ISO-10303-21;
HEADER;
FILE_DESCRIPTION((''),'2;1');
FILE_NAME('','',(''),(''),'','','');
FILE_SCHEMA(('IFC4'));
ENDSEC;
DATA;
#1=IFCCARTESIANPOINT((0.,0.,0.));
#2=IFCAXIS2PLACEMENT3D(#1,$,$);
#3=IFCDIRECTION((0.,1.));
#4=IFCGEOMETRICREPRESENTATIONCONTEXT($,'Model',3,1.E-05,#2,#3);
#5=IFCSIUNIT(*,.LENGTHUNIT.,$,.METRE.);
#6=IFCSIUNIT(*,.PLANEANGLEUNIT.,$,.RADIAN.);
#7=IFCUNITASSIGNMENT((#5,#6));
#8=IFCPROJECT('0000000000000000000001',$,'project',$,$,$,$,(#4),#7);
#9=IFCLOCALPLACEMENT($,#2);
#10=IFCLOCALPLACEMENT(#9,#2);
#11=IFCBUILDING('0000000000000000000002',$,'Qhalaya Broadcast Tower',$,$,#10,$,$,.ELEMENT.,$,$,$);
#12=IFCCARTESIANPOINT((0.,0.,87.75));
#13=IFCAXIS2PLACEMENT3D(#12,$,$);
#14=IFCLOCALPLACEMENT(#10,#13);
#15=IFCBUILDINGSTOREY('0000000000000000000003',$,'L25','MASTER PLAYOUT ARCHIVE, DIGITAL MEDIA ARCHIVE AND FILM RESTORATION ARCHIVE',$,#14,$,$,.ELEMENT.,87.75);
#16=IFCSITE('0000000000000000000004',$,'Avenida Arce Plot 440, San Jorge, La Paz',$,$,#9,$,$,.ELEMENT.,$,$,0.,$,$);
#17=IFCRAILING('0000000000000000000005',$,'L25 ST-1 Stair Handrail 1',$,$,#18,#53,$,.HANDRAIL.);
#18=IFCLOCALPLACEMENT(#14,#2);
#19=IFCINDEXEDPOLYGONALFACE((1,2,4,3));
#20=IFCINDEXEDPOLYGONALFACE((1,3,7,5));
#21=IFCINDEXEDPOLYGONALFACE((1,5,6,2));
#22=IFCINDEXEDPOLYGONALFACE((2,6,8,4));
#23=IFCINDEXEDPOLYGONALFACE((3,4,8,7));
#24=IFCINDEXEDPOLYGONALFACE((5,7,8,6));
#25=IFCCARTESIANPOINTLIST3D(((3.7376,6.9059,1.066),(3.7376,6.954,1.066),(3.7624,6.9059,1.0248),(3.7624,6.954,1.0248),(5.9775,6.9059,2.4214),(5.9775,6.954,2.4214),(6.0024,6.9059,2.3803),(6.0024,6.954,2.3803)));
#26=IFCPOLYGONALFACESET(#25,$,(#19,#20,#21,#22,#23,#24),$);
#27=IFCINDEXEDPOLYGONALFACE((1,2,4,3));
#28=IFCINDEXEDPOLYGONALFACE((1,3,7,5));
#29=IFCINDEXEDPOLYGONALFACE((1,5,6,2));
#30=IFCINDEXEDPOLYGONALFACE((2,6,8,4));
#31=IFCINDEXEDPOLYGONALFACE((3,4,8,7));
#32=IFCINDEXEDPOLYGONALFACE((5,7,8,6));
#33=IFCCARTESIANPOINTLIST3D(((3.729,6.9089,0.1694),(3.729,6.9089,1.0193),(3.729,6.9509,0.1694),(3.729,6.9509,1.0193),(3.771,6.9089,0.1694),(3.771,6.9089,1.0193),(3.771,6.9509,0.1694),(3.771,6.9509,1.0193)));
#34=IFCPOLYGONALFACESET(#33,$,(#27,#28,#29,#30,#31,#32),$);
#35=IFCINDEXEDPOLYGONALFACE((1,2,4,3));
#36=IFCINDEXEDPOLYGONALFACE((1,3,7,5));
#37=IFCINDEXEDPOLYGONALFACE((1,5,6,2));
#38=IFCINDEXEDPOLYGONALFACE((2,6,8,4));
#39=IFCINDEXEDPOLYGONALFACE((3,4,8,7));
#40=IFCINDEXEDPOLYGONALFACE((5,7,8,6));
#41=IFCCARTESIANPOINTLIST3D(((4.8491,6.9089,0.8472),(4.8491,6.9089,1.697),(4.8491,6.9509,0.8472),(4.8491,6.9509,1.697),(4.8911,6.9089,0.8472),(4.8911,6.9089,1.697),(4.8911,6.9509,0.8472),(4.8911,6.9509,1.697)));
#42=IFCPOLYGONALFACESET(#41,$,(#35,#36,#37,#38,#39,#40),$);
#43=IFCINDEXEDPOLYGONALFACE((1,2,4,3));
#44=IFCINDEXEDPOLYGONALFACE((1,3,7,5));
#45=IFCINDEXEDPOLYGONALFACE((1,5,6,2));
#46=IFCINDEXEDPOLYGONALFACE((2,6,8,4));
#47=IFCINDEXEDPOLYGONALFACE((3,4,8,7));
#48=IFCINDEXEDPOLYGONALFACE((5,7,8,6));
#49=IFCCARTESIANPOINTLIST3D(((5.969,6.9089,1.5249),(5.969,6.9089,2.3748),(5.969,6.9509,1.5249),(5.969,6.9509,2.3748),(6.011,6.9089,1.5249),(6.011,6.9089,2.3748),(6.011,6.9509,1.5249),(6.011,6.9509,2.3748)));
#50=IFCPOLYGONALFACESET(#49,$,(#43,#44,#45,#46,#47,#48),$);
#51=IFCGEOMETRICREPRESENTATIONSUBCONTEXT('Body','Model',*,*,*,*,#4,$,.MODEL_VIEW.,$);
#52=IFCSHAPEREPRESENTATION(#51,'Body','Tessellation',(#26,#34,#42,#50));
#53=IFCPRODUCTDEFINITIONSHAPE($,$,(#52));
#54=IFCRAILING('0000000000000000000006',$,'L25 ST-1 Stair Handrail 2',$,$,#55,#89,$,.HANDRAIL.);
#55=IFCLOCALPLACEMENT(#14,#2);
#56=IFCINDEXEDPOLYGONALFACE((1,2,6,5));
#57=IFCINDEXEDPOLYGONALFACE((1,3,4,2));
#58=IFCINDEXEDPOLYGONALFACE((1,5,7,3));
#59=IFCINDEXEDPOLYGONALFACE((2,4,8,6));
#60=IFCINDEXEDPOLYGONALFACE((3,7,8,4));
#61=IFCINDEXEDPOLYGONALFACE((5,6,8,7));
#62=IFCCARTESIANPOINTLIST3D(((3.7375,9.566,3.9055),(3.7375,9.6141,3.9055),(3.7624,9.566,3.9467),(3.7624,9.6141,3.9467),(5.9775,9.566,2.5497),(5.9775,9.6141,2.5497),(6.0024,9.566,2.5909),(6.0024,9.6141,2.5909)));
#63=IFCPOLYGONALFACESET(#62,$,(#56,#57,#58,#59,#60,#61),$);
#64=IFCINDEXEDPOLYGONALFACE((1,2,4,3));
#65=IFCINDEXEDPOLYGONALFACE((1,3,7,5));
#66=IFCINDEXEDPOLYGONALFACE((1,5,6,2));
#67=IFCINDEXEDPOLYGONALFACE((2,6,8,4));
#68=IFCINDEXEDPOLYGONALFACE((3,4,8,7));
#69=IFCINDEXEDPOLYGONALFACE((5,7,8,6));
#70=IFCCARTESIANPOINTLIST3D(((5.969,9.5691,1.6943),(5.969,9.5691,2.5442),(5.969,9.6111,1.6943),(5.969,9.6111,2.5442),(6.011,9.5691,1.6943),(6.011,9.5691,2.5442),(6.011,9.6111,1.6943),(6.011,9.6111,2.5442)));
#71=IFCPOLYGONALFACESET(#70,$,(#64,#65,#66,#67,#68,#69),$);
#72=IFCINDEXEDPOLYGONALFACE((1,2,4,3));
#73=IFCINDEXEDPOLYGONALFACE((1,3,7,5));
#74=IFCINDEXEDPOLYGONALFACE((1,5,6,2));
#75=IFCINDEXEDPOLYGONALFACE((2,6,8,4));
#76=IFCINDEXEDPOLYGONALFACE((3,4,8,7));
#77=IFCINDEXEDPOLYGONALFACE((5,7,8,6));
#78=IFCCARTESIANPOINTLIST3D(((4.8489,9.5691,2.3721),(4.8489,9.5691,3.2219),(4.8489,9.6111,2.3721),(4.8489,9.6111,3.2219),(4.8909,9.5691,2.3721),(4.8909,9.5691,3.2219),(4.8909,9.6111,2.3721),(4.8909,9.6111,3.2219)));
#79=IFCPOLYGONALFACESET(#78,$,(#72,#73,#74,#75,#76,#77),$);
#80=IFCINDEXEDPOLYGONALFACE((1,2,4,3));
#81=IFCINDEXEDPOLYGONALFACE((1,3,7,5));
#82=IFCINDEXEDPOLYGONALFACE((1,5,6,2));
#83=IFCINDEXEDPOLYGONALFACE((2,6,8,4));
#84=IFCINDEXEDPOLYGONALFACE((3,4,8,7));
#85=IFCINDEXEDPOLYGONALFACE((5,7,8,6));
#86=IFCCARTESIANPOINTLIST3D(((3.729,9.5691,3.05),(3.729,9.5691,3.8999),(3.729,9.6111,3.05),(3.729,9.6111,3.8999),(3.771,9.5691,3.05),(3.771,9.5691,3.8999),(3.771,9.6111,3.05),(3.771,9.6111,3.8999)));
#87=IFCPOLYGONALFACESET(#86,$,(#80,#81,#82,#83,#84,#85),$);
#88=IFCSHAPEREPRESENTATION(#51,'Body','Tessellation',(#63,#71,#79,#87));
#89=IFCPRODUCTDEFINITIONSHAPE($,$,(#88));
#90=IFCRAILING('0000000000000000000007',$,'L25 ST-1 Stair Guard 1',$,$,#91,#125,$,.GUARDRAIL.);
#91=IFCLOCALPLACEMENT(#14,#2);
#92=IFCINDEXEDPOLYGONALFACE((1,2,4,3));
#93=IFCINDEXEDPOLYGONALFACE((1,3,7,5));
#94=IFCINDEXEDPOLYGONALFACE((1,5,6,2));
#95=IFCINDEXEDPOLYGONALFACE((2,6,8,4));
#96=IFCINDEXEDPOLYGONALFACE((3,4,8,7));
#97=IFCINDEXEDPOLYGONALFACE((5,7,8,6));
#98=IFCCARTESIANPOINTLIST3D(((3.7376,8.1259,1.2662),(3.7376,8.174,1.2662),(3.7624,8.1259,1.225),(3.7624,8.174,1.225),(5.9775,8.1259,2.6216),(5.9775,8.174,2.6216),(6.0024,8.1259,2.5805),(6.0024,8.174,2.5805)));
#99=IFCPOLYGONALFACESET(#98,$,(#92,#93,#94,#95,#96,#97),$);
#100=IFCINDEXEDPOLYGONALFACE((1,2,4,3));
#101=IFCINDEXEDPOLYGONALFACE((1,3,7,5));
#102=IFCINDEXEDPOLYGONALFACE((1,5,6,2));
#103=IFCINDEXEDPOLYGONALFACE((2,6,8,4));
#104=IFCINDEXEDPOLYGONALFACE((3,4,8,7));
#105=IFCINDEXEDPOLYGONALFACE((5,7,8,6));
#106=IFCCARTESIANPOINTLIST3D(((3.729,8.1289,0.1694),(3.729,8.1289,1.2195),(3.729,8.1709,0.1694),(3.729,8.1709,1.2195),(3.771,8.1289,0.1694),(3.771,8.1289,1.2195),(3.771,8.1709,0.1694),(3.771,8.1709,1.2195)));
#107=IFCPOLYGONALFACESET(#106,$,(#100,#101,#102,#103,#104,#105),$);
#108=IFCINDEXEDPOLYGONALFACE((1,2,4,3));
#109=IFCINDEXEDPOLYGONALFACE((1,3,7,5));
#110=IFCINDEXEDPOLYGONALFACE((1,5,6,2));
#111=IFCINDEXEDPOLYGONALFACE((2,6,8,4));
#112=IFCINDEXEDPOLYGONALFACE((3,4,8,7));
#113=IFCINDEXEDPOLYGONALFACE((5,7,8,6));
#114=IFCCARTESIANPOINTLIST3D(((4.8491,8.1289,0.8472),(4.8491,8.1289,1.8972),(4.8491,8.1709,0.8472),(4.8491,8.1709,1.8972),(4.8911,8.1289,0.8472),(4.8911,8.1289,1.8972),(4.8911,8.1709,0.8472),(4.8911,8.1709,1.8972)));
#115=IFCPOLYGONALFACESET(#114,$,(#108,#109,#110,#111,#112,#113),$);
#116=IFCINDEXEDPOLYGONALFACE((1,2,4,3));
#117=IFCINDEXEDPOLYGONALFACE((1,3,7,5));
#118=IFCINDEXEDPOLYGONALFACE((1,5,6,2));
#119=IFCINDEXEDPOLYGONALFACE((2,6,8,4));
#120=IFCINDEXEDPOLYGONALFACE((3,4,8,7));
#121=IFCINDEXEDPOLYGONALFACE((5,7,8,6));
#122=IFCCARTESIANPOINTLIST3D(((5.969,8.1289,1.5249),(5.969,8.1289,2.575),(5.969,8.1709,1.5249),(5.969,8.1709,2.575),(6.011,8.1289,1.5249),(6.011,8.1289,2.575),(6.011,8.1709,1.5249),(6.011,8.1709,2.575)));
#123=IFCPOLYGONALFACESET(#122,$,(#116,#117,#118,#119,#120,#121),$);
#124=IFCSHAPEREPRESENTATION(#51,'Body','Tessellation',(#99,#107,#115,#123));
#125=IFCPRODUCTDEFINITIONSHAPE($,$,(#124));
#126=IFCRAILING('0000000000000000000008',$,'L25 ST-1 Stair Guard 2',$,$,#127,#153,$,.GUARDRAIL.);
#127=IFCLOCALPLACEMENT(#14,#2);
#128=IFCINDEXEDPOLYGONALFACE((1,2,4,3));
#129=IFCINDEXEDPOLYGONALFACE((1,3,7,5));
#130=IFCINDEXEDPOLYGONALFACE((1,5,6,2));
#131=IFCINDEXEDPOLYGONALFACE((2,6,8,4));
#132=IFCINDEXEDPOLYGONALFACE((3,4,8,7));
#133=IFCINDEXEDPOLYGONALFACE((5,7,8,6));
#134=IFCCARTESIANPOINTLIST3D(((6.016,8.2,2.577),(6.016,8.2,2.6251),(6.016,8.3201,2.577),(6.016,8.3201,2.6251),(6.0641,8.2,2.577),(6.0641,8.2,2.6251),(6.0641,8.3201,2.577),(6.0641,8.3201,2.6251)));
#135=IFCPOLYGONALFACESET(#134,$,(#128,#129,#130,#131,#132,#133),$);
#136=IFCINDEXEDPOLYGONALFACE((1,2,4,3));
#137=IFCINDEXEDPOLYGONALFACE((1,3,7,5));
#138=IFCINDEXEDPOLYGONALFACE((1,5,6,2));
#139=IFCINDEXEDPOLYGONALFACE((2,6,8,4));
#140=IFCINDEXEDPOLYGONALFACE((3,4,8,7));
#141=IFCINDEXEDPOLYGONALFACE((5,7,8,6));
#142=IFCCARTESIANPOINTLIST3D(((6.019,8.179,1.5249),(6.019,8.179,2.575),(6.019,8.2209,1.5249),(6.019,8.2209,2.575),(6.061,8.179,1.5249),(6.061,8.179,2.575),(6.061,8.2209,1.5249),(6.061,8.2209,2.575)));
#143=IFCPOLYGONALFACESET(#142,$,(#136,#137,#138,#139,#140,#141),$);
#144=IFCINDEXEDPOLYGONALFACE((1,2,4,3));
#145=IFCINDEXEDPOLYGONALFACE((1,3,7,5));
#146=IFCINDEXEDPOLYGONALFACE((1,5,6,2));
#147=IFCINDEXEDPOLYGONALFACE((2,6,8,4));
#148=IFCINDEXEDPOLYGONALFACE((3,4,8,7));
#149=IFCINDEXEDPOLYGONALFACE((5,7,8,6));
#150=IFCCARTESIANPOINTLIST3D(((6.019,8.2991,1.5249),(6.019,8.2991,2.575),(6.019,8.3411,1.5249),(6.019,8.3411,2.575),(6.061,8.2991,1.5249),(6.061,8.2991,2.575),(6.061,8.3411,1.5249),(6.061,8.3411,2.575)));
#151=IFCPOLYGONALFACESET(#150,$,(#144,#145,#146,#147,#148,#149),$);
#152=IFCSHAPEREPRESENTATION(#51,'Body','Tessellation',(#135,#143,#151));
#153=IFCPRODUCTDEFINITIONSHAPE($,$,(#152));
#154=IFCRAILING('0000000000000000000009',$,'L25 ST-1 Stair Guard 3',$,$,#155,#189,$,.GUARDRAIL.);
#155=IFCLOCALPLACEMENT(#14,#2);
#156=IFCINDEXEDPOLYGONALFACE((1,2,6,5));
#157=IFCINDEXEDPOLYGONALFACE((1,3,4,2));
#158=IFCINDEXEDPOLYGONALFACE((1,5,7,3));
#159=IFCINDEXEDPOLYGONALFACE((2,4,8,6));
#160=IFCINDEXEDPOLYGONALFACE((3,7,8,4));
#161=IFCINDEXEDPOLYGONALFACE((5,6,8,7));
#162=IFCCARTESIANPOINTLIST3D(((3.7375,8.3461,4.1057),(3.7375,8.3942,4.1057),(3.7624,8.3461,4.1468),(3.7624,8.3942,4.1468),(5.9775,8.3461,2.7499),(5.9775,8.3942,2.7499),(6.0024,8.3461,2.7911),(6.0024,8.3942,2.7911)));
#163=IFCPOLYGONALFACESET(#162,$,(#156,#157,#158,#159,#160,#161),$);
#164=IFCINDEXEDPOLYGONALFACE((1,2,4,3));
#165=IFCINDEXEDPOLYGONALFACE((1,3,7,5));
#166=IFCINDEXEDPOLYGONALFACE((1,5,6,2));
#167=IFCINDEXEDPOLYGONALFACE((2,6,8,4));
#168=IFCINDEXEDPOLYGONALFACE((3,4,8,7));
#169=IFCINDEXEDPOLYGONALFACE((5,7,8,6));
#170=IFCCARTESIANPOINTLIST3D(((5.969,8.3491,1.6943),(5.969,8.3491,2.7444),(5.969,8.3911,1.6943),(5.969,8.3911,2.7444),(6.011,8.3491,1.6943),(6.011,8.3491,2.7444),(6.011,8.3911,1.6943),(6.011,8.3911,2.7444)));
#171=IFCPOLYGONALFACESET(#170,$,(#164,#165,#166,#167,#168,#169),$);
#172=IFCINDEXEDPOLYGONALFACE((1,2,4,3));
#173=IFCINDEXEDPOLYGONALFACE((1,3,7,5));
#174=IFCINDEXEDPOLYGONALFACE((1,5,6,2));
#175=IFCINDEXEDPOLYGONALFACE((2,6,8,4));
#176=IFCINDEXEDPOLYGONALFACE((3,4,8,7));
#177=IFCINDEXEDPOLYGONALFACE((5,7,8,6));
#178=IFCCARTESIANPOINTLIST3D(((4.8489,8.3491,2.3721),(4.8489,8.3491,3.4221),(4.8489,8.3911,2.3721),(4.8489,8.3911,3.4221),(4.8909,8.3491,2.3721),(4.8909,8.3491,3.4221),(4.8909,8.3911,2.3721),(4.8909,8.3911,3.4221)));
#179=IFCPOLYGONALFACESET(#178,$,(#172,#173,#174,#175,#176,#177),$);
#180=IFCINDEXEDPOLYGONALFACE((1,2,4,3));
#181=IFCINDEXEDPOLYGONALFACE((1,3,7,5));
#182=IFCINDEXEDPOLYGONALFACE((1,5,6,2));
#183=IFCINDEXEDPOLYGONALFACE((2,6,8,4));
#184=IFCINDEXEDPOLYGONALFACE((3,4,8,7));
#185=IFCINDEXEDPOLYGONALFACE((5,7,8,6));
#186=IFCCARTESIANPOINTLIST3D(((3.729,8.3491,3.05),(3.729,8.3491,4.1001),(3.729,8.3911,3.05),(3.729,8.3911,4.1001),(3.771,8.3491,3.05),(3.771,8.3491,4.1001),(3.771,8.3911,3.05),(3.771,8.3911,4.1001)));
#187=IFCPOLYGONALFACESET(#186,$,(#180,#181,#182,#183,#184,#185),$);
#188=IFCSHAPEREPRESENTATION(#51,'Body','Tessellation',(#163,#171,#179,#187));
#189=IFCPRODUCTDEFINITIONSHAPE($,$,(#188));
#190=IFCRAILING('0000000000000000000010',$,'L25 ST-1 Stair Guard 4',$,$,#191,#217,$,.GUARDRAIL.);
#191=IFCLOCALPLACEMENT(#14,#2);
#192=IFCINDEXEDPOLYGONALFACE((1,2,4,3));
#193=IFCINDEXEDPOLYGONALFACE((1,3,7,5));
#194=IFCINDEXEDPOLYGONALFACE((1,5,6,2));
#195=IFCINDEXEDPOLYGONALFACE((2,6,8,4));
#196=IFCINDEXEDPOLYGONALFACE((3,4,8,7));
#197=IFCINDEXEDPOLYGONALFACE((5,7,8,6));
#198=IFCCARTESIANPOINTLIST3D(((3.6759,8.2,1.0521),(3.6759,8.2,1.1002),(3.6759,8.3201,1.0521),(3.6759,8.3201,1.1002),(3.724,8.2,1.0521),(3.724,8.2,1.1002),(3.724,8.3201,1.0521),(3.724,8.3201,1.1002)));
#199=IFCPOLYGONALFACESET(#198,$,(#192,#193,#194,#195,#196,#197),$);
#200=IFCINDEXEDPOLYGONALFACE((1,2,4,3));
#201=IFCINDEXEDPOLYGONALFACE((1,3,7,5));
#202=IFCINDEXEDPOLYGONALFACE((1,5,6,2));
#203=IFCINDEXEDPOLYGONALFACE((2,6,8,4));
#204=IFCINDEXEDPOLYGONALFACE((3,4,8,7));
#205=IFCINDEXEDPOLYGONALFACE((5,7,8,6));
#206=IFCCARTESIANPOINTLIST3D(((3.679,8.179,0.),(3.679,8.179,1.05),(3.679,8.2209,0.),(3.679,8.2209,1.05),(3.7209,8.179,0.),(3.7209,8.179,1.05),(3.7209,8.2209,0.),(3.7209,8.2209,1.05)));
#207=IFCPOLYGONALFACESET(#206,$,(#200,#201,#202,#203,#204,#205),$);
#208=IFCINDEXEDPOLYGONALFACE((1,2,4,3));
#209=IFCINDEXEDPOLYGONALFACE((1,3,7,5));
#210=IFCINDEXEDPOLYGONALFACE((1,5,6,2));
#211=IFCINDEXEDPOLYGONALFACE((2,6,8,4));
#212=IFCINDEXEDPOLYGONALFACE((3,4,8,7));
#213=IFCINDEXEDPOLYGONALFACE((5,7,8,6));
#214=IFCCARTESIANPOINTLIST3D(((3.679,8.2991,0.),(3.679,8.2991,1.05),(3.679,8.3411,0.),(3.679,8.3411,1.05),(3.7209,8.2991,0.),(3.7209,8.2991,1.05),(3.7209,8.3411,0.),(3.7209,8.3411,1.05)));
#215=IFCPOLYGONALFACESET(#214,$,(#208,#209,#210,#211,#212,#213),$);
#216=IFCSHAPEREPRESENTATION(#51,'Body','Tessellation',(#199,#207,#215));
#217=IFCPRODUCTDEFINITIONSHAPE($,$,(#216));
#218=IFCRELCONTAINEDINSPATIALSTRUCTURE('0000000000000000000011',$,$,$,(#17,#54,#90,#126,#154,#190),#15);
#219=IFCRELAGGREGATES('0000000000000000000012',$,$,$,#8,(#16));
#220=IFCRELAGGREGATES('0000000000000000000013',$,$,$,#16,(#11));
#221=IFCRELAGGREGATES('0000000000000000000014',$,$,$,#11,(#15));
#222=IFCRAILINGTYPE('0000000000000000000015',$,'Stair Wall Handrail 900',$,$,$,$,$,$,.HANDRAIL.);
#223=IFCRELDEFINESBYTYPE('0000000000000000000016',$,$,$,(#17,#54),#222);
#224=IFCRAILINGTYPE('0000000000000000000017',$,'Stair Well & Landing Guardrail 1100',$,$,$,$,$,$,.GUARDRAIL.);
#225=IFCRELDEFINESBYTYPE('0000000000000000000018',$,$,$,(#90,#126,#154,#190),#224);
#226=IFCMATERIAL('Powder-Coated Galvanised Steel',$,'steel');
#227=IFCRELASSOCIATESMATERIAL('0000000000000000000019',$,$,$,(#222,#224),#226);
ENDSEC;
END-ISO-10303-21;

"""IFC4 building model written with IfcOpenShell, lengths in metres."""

from ifc_helpers import new_model, si_unit, direction, frame, origin, origin_2d, place, context, subcontext, project, spatial, rectangle, extrude, material, type_object, element, save


model = new_model("IFC4")

# Units and contexts
model_context = context("Model", 3, precision=1e-05, world=origin(), true_north=direction((0.0, 1.0)))
body_context = subcontext(model_context, "Body", "Model", "MODEL_VIEW")
ifc_project = project(units=[si_unit("LENGTHUNIT", "METRE"), si_unit("PLANEANGLEUNIT", "RADIAN")], contexts=[model_context])

# Site, building, storey
site_placement = place(None, origin())
site = spatial("IfcSite", under=ifc_project, at=site_placement, Name="Avenida Arce Plot 440, San Jorge, La Paz", CompositionType="ELEMENT", RefElevation=0.0)
building_placement = place(site_placement, origin())
building = spatial("IfcBuilding", under=site, at=building_placement, Name="Qhalaya Broadcast Tower", CompositionType="ELEMENT")
storey_placement = place(building_placement, frame((0.0, 0.0, 87.75)))
storey = spatial("IfcBuildingStorey", under=building, at=storey_placement, Name="L25", Description="MASTER PLAYOUT ARCHIVE, DIGITAL MEDIA ARCHIVE AND FILM RESTORATION ARCHIVE", CompositionType="ELEMENT", Elevation=87.75)

# Railings
ifc_material_1 = material(Name="Powder-Coated Galvanised Steel", Category="steel")
railing_type_1 = type_object("IfcRailingType", Name="Stair Wall Handrail 900", PredefinedType="HANDRAIL", material=ifc_material_1)
railing_1_placement = place(storey_placement, frame((3.75, 6.9299, 0.1694)))
element("IfcRailing", 1, at=railing_1_placement, inside=storey, type_object=railing_type_1, Name="L25 ST-1 Stair Handrail 1", PredefinedType="HANDRAIL", context=body_context, shape_type="SweptSolid", body=[
    extrude(rectangle(XDim=0.0481, YDim=0.0481, at=origin_2d()), frame((0.0, 0.0, 0.876), z_axis=(0.855553, 0.0, 0.517715), x_axis=(0.0, 1.0, 0.0)), (0.0, 0.0, 1.0), 2.6182),
    extrude(rectangle(XDim=0.042, YDim=0.042, at=origin_2d()), origin(), (0.0, 0.0, 1.0), 0.8499),
    extrude(rectangle(XDim=0.042, YDim=0.042, at=origin_2d()), frame((1.1201, 0.0, 0.6777)), (0.0, 0.0, 1.0), 0.8499),
    extrude(rectangle(XDim=0.042, YDim=0.042, at=origin_2d()), frame((2.24, 0.0, 1.3555)), (0.0, 0.0, 1.0), 0.8499),
])
railing_2_placement = place(storey_placement, frame((5.99, 9.5901, 1.6943)))
element("IfcRailing", 2, at=railing_2_placement, inside=storey, type_object=railing_type_1, Name="L25 ST-1 Stair Handrail 2", PredefinedType="HANDRAIL", context=body_context, shape_type="SweptSolid", body=[
    extrude(rectangle(XDim=0.0481, YDim=0.0481, at=origin_2d()), frame((0.0, 0.0, 0.876), z_axis=(-0.855512, 0.0, 0.517783), x_axis=(0.0, -1.0, 0.0)), (0.0, 0.0, 1.0), 2.6184),
    extrude(rectangle(XDim=0.042, YDim=0.042, at=origin_2d()), origin(), (0.0, 0.0, 1.0), 0.8499),
    extrude(rectangle(XDim=0.042, YDim=0.042, at=origin_2d()), frame((-1.1201, 0.0, 0.6777)), (0.0, 0.0, 1.0), 0.8499),
    extrude(rectangle(XDim=0.042, YDim=0.042, at=origin_2d()), frame((-2.24, 0.0, 1.3557)), (0.0, 0.0, 1.0), 0.8499),
])
railing_type_2 = type_object("IfcRailingType", Name="Stair Well & Landing Guardrail 1100", PredefinedType="GUARDRAIL", material=ifc_material_1)
railing_3_placement = place(storey_placement, frame((3.75, 8.1499, 0.1694)))
element("IfcRailing", 3, at=railing_3_placement, inside=storey, type_object=railing_type_2, Name="L25 ST-1 Stair Guard 1", PredefinedType="GUARDRAIL", context=body_context, shape_type="SweptSolid", body=[
    extrude(rectangle(XDim=0.0481, YDim=0.0481, at=origin_2d()), frame((0.0, 0.0, 1.0762), z_axis=(0.855553, 0.0, 0.517715), x_axis=(0.0, 1.0, 0.0)), (0.0, 0.0, 1.0), 2.6182),
    extrude(rectangle(XDim=0.042, YDim=0.042, at=origin_2d()), origin(), (0.0, 0.0, 1.0), 1.05),
    extrude(rectangle(XDim=0.042, YDim=0.042, at=origin_2d()), frame((1.1201, 0.0, 0.6777)), (0.0, 0.0, 1.0), 1.05),
    extrude(rectangle(XDim=0.042, YDim=0.042, at=origin_2d()), frame((2.24, 0.0, 1.3555)), (0.0, 0.0, 1.0), 1.05),
])
railing_4_placement = place(storey_placement, frame((6.04, 8.2, 1.5249)))
element("IfcRailing", 4, at=railing_4_placement, inside=storey, type_object=railing_type_2, Name="L25 ST-1 Stair Guard 2", PredefinedType="GUARDRAIL", context=body_context, shape_type="SweptSolid", body=[
    extrude(rectangle(XDim=0.0481, YDim=0.0481, at=origin_2d()), frame((0.0, 0.0, 1.0762), z_axis=(0.0, 1.0, 0.0), x_axis=(-1.0, 0.0, 0.0)), (0.0, 0.0, 1.0), 0.1201),
    extrude(rectangle(XDim=0.042, YDim=0.042, at=origin_2d()), origin(), (0.0, 0.0, 1.0), 1.05),
    extrude(rectangle(XDim=0.042, YDim=0.042, at=origin_2d()), frame((0.0, 0.1201, 0.0)), (0.0, 0.0, 1.0), 1.05),
])
railing_5_placement = place(storey_placement, frame((5.99, 8.3701, 1.6943)))
element("IfcRailing", 5, at=railing_5_placement, inside=storey, type_object=railing_type_2, Name="L25 ST-1 Stair Guard 3", PredefinedType="GUARDRAIL", context=body_context, shape_type="SweptSolid", body=[
    extrude(rectangle(XDim=0.0481, YDim=0.0481, at=origin_2d()), frame((0.0, 0.0, 1.0762), z_axis=(-0.855512, 0.0, 0.517783), x_axis=(0.0, -1.0, 0.0)), (0.0, 0.0, 1.0), 2.6184),
    extrude(rectangle(XDim=0.042, YDim=0.042, at=origin_2d()), origin(), (0.0, 0.0, 1.0), 1.05),
    extrude(rectangle(XDim=0.042, YDim=0.042, at=origin_2d()), frame((-1.1201, 0.0, 0.6777)), (0.0, 0.0, 1.0), 1.05),
    extrude(rectangle(XDim=0.042, YDim=0.042, at=origin_2d()), frame((-2.24, 0.0, 1.3557)), (0.0, 0.0, 1.0), 1.05),
])
railing_6_placement = place(storey_placement, frame((3.7, 8.2, 0.0)))
element("IfcRailing", 6, at=railing_6_placement, inside=storey, type_object=railing_type_2, Name="L25 ST-1 Stair Guard 4", PredefinedType="GUARDRAIL", context=body_context, shape_type="SweptSolid", body=[
    extrude(rectangle(XDim=0.0481, YDim=0.0481, at=origin_2d()), frame((0.0, 0.0, 1.0762), z_axis=(0.0, 1.0, 0.0), x_axis=(-1.0, 0.0, 0.0)), (0.0, 0.0, 1.0), 0.1201),
    extrude(rectangle(XDim=0.042, YDim=0.042, at=origin_2d()), origin(), (0.0, 0.0, 1.0), 1.05),
    extrude(rectangle(XDim=0.042, YDim=0.042, at=origin_2d()), frame((0.0, 0.1201, 0.0)), (0.0, 0.0, 1.0), 1.05),
])

save(model, "model.ifc")
